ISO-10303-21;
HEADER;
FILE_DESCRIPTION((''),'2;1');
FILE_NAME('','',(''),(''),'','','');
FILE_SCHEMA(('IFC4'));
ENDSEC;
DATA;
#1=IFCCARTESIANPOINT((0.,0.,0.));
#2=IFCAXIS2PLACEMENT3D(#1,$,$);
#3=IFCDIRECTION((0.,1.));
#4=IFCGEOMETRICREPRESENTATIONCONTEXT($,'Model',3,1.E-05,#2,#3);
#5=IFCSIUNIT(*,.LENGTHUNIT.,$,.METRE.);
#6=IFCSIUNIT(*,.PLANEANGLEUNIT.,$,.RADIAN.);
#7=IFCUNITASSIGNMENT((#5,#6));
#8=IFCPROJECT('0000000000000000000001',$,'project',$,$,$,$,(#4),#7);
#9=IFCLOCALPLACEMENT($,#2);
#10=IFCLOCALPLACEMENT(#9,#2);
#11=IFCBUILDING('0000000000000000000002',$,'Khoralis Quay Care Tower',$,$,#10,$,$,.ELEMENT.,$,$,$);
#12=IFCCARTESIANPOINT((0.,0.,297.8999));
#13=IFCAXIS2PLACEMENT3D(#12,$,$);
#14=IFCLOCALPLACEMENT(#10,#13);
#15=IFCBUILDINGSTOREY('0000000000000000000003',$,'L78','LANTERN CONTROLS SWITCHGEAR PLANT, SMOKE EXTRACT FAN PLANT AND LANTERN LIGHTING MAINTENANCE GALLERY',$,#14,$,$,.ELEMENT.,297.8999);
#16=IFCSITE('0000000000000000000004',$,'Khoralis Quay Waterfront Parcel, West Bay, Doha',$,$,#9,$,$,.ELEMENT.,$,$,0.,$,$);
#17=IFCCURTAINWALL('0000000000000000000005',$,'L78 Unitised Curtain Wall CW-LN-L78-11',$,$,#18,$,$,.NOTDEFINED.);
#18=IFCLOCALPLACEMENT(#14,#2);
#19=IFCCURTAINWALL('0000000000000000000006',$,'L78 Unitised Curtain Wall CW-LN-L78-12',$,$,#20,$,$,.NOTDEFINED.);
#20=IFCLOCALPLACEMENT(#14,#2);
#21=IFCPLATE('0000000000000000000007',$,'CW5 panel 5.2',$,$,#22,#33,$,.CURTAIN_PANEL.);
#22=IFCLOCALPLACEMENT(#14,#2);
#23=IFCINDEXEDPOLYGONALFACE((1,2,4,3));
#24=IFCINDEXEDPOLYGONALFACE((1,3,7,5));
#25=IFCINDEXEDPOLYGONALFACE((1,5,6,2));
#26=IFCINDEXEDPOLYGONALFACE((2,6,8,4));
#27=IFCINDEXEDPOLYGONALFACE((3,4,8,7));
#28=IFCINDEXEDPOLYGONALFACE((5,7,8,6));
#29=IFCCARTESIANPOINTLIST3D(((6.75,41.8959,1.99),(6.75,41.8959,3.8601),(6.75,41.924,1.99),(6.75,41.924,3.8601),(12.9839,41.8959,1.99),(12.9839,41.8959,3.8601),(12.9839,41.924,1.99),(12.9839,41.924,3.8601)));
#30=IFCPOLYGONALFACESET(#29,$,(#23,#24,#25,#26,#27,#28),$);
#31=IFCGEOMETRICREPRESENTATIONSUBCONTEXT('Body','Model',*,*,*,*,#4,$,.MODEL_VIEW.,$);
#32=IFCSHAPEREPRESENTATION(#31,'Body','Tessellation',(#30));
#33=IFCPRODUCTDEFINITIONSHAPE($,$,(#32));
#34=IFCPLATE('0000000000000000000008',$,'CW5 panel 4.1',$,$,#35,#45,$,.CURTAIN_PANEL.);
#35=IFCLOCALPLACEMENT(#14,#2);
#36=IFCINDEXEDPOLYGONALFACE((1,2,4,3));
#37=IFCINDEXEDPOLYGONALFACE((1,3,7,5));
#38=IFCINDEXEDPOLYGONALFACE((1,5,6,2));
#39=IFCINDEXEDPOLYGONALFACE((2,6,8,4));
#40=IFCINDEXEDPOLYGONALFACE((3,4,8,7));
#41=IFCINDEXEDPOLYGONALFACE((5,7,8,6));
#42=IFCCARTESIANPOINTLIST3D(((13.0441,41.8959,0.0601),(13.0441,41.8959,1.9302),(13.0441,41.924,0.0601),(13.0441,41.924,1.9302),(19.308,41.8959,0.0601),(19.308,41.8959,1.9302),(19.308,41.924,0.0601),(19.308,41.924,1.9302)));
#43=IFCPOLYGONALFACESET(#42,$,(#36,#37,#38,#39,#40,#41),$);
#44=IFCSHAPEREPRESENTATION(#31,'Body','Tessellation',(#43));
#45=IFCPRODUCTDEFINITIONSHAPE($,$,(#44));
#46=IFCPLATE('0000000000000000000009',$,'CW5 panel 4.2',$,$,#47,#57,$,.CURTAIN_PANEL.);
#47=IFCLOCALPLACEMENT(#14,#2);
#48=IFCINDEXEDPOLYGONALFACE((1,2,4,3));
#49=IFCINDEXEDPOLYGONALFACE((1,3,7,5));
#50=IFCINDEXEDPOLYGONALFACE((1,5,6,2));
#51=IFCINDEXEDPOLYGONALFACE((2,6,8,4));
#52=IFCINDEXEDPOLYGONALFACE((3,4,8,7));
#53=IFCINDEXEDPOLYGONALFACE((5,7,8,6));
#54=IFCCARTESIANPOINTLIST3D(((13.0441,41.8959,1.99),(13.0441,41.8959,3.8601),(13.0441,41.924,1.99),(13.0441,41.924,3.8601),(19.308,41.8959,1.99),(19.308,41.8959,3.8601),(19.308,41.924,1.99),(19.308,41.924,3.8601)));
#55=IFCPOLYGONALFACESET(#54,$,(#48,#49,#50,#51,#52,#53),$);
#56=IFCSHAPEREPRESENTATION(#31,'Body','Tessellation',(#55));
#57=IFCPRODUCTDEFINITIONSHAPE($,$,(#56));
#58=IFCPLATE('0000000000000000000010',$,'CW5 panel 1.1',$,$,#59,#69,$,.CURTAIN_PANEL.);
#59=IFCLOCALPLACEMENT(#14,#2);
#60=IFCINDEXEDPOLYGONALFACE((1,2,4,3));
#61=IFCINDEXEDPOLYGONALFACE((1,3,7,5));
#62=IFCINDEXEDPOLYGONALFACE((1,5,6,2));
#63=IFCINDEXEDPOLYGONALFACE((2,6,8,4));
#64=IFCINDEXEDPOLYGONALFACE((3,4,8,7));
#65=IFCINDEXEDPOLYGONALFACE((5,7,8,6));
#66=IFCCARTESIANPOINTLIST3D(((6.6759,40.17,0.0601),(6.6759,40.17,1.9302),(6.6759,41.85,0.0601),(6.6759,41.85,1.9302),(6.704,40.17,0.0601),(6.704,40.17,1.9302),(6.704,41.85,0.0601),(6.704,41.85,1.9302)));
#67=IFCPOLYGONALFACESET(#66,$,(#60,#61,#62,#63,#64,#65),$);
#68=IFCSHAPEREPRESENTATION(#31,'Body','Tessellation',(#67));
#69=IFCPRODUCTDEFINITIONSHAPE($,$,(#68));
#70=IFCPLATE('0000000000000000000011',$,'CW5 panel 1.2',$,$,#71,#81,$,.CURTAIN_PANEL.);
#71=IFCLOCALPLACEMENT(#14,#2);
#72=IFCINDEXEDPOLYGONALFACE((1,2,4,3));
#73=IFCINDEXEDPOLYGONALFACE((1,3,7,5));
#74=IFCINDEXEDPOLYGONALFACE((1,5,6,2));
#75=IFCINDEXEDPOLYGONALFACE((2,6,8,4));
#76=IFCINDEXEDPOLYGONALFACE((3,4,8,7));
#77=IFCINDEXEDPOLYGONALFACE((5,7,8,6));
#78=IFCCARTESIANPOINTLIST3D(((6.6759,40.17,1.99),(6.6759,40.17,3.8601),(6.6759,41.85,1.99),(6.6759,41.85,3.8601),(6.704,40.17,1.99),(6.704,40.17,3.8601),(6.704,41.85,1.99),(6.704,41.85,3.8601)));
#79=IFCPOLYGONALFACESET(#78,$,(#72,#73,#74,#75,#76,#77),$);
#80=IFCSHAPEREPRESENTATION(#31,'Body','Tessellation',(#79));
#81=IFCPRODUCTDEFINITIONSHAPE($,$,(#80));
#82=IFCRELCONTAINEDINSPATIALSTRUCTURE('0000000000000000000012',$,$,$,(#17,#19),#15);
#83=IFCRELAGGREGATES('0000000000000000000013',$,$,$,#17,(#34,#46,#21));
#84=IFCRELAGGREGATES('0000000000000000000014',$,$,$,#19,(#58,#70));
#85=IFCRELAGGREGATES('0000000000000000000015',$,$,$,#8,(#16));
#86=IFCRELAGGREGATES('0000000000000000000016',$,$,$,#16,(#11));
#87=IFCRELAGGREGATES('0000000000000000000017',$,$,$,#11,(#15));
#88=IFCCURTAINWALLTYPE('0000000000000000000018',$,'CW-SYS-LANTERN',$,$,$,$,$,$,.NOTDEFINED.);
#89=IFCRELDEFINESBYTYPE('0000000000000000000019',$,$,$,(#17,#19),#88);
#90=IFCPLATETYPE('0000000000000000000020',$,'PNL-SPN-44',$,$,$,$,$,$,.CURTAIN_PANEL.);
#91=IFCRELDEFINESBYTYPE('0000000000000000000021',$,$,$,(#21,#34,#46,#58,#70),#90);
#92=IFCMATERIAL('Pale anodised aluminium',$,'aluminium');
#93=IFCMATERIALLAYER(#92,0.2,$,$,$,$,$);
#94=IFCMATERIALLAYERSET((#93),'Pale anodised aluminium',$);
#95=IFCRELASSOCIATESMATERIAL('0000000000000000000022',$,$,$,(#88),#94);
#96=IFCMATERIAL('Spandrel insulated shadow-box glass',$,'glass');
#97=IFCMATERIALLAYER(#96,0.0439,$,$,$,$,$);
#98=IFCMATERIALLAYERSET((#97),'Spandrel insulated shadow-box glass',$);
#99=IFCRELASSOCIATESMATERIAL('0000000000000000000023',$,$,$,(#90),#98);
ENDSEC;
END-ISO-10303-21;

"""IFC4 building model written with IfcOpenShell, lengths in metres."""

from ifc_helpers import new_model, si_unit, direction, frame, origin, origin_2d, place, context, subcontext, project, spatial, rectangle, extrude, source, transform, mapped, material, layer, layer_set, type_object, element, aggregate, save


model = new_model("IFC4")

# Units and contexts
model_context = context("Model", 3, precision=1e-05, world=origin(), true_north=direction((0.0, 1.0)))
body_context = subcontext(model_context, "Body", "Model", "MODEL_VIEW")
ifc_project = project(units=[si_unit("LENGTHUNIT", "METRE"), si_unit("PLANEANGLEUNIT", "RADIAN")], contexts=[model_context])

# Site, building, storey
site_placement = place(None, origin())
site = spatial("IfcSite", under=ifc_project, at=site_placement, Name="Khoralis Quay Waterfront Parcel, West Bay, Doha", CompositionType="ELEMENT", RefElevation=0.0)
building_placement = place(site_placement, origin())
building = spatial("IfcBuilding", under=site, at=building_placement, Name="Khoralis Quay Care Tower", CompositionType="ELEMENT")
storey_placement = place(building_placement, frame((0.0, 0.0, 297.8999)))
storey = spatial("IfcBuildingStorey", under=building, at=storey_placement, Name="L78", Description="LANTERN CONTROLS SWITCHGEAR PLANT, SMOKE EXTRACT FAN PLANT AND LANTERN LIGHTING MAINTENANCE GALLERY", CompositionType="ELEMENT", Elevation=297.8999)

# Curtain walls
ifc_material_1 = material(Name="Pale anodised aluminium", Category="aluminium")
ifc_layer_1 = layer(ifc_material_1, 0.2)
ifc_layer_set_1 = layer_set([ifc_layer_1], Name="Pale anodised aluminium")
curtain_wall_type = type_object("IfcCurtainWallType", Name="CW-SYS-LANTERN", PredefinedType="NOTDEFINED", material=ifc_layer_set_1)
curtain_wall_1_placement = place(storey_placement, origin())
curtain_wall_1 = element("IfcCurtainWall", 1, at=curtain_wall_1_placement, inside=storey, type_object=curtain_wall_type, Name="L78 Unitised Curtain Wall CW-LN-L78-11", PredefinedType="NOTDEFINED")
curtain_wall_2_placement = place(storey_placement, origin())
curtain_wall_2 = element("IfcCurtainWall", 2, at=curtain_wall_2_placement, inside=storey, type_object=curtain_wall_type, Name="L78 Unitised Curtain Wall CW-LN-L78-12", PredefinedType="NOTDEFINED")

# Plates
ifc_material_2 = material(Name="Spandrel insulated shadow-box glass", Category="glass")
ifc_layer_2 = layer(ifc_material_2, 0.0439)
ifc_layer_set_2 = layer_set([ifc_layer_2], Name="Spandrel insulated shadow-box glass")
plate_type = type_object("IfcPlateType", Name="PNL-SPN-44", PredefinedType="CURTAIN_PANEL", material=ifc_layer_set_2)
shared_shape_1 = source(origin(), body_context, "Body", "SweptSolid", [
    extrude(rectangle(XDim=6.2339, YDim=0.0281, at=origin_2d()), origin(), (0.0, 0.0, 1.0), 1.8701),
])
plate_1_placement = place(storey_placement, frame((9.8669, 41.9099, 1.99), z_axis=(0.0, 0.0, 1.0), x_axis=(-1.0, 0.0, 0.0)))
plate_1 = element("IfcPlate", 3, at=plate_1_placement, type_object=plate_type, Name="CW5 panel 5.2", PredefinedType="CURTAIN_PANEL", context=body_context, shape_type="MappedRepresentation", body=[
    mapped(shared_shape_1, transform((0.0, 0.0, 0.0), scale=1.0)),
])
shared_shape_2 = source(origin(), body_context, "Body", "SweptSolid", [
    extrude(rectangle(XDim=6.2639, YDim=0.0281, at=origin_2d()), origin(), (0.0, 0.0, 1.0), 1.8701),
])
plate_2_placement = place(storey_placement, frame((16.176, 41.9099, 0.0601), z_axis=(0.0, 0.0, 1.0), x_axis=(-1.0, 0.0, 0.0)))
plate_2 = element("IfcPlate", 4, at=plate_2_placement, type_object=plate_type, Name="CW5 panel 4.1", PredefinedType="CURTAIN_PANEL", context=body_context, shape_type="MappedRepresentation", body=[
    mapped(shared_shape_2, transform((0.0, 0.0, 0.0), scale=1.0)),
])
plate_3_placement = place(storey_placement, frame((16.176, 41.9099, 1.99), z_axis=(0.0, 0.0, 1.0), x_axis=(-1.0, 0.0, 0.0)))
plate_3 = element("IfcPlate", 5, at=plate_3_placement, type_object=plate_type, Name="CW5 panel 4.2", PredefinedType="CURTAIN_PANEL", context=body_context, shape_type="MappedRepresentation", body=[
    mapped(shared_shape_2, transform((0.0, 0.0, 0.0), scale=1.0)),
])
aggregate(curtain_wall_1, [plate_2, plate_3, plate_1])
shared_shape_3 = source(origin(), body_context, "Body", "SweptSolid", [
    extrude(rectangle(XDim=1.6799, YDim=0.0281, at=origin_2d()), origin(), (0.0, 0.0, 1.0), 1.8701),
])
plate_4_placement = place(storey_placement, frame((6.6899, 41.01, 0.0601), z_axis=(0.0, 0.0, 1.0), x_axis=(0.0, -1.0, 0.0)))
plate_4 = element("IfcPlate", 6, at=plate_4_placement, type_object=plate_type, Name="CW5 panel 1.1", PredefinedType="CURTAIN_PANEL", context=body_context, shape_type="MappedRepresentation", body=[
    mapped(shared_shape_3, transform((0.0, 0.0, 0.0), scale=1.0)),
])
plate_5_placement = place(storey_placement, frame((6.6899, 41.01, 1.99), z_axis=(0.0, 0.0, 1.0), x_axis=(0.0, -1.0, 0.0)))
plate_5 = element("IfcPlate", 7, at=plate_5_placement, type_object=plate_type, Name="CW5 panel 1.2", PredefinedType="CURTAIN_PANEL", context=body_context, shape_type="MappedRepresentation", body=[
    mapped(shared_shape_3, transform((0.0, 0.0, 0.0), scale=1.0)),
])
aggregate(curtain_wall_2, [plate_4, plate_5])

save(model, "model.ifc")
